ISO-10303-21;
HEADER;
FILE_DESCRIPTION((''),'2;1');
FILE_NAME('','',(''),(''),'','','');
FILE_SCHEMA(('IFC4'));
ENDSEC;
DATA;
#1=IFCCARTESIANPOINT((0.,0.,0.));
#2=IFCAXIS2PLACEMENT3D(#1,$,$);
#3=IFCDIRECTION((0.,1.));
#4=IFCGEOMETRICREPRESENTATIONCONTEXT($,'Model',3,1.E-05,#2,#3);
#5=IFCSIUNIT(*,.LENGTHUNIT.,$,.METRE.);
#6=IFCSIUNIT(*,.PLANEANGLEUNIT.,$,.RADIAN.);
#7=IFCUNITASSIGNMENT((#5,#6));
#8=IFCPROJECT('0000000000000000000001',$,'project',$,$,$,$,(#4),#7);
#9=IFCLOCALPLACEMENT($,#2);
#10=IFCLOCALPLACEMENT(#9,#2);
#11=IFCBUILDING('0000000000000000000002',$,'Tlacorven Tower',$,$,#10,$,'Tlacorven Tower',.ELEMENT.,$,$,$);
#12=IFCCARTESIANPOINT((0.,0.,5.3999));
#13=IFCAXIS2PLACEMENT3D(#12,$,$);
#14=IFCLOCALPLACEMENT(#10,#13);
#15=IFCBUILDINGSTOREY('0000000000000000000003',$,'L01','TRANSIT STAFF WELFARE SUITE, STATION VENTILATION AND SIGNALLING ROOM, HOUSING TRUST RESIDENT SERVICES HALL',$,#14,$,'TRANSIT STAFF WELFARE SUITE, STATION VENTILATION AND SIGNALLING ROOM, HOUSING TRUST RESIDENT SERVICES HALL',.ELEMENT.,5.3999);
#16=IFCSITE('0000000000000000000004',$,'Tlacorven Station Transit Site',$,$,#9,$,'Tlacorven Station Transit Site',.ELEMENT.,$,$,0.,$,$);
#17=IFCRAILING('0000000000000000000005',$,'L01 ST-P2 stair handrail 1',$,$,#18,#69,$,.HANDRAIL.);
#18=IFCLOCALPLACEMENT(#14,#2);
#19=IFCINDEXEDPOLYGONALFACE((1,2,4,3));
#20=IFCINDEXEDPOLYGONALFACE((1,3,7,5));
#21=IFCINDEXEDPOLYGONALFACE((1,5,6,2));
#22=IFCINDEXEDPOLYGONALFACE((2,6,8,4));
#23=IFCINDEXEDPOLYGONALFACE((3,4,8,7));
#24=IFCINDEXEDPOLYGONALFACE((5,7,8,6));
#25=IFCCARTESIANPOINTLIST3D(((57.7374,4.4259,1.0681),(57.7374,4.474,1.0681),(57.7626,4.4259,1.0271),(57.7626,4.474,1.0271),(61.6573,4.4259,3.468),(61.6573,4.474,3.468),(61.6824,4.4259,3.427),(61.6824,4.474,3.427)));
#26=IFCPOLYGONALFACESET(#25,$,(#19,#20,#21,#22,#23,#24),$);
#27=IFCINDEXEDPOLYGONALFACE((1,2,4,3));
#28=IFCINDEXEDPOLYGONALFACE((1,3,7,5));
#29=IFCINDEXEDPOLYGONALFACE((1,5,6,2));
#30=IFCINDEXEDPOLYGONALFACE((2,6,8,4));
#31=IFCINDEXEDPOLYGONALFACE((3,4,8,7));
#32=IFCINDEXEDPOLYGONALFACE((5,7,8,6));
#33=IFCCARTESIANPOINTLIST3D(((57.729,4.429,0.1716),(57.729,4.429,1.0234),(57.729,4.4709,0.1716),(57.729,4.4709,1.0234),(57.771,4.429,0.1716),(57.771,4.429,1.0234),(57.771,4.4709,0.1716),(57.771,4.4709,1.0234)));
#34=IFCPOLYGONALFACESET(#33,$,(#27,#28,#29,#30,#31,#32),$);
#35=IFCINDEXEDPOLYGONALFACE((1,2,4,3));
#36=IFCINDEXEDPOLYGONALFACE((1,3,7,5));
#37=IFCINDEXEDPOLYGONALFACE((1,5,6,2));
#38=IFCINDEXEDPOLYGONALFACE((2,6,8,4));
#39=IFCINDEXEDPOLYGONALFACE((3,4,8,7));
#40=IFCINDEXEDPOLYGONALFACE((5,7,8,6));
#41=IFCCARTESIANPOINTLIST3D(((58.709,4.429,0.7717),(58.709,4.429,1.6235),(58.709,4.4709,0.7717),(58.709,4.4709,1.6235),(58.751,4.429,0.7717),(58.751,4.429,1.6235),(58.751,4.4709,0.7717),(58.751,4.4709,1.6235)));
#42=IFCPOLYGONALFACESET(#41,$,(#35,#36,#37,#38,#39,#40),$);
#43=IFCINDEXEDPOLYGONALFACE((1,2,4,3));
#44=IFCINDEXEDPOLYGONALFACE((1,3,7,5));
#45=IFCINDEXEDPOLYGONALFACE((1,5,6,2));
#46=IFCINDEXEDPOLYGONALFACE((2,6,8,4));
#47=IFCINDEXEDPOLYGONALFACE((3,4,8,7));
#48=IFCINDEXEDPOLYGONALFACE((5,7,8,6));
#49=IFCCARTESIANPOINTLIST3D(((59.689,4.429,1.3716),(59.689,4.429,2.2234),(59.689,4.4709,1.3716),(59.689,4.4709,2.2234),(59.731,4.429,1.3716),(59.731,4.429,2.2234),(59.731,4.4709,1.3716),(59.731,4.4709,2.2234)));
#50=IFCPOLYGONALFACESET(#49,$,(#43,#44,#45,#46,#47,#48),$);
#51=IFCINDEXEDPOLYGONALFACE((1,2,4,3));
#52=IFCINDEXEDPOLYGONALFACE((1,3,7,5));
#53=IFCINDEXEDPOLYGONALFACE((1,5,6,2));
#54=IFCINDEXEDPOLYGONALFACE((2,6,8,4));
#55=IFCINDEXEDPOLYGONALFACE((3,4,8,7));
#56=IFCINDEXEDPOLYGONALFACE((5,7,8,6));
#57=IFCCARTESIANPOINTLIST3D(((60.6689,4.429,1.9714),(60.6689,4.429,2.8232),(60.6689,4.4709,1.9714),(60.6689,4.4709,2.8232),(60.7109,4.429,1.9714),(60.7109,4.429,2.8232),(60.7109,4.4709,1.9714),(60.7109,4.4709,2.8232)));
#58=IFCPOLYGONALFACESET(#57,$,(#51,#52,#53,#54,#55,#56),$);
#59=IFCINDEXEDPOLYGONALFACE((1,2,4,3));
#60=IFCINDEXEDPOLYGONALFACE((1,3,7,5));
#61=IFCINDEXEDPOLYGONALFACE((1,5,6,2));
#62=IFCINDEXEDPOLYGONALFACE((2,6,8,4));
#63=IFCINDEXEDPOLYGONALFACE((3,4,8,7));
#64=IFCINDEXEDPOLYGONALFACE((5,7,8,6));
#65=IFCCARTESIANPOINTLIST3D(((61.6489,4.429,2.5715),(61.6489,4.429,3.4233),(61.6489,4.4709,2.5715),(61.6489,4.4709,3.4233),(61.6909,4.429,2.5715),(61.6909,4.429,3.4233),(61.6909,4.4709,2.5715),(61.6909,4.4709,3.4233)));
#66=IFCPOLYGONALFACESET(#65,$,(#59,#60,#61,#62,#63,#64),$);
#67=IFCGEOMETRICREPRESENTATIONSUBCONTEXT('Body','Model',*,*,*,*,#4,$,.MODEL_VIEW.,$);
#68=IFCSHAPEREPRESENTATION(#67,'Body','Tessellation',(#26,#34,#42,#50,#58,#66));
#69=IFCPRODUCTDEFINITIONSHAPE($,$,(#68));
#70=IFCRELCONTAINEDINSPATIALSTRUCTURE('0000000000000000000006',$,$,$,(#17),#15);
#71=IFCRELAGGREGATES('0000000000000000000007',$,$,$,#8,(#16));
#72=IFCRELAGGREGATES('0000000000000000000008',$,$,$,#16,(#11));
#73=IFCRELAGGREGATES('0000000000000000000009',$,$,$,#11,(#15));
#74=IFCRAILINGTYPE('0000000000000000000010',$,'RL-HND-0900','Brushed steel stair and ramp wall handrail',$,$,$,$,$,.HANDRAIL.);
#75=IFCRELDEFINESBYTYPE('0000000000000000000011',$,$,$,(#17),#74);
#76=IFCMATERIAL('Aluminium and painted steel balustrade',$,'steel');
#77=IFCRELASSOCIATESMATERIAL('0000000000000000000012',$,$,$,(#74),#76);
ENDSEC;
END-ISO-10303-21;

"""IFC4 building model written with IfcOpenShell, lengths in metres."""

from ifc_helpers import new_model, si_unit, direction, frame, origin, origin_2d, place, context, subcontext, project, spatial, rectangle, extrude, source, transform, mapped, material, type_object, element, save


model = new_model("IFC4")

# Units and contexts
model_context = context("Model", 3, precision=1e-05, world=origin(), true_north=direction((0.0, 1.0)))
body_context = subcontext(model_context, "Body", "Model", "MODEL_VIEW")
ifc_project = project(units=[si_unit("LENGTHUNIT", "METRE"), si_unit("PLANEANGLEUNIT", "RADIAN")], contexts=[model_context])

# Site, building, storey
site_placement = place(None, origin())
site = spatial("IfcSite", under=ifc_project, at=site_placement, Name="Tlacorven Station Transit Site", LongName="Tlacorven Station Transit Site", CompositionType="ELEMENT", RefElevation=0.0)
building_placement = place(site_placement, origin())
building = spatial("IfcBuilding", under=site, at=building_placement, Name="Tlacorven Tower", LongName="Tlacorven Tower", CompositionType="ELEMENT")
storey_placement = place(building_placement, frame((0.0, 0.0, 5.3999)))
storey = spatial("IfcBuildingStorey", under=building, at=storey_placement, Name="L01", Description="TRANSIT STAFF WELFARE SUITE, STATION VENTILATION AND SIGNALLING ROOM, HOUSING TRUST RESIDENT SERVICES HALL", LongName="TRANSIT STAFF WELFARE SUITE, STATION VENTILATION AND SIGNALLING ROOM, HOUSING TRUST RESIDENT SERVICES HALL", CompositionType="ELEMENT", Elevation=5.3999)

# Railing
ifc_material_1 = material(Name="Aluminium and painted steel balustrade", Category="steel")
railing_type_1 = type_object("IfcRailingType", Name="RL-HND-0900", Description="Brushed steel stair and ramp wall handrail", PredefinedType="HANDRAIL", material=ifc_material_1)
shared_shape_1 = source(origin(), body_context, "Body", "SweptSolid", [
    extrude(rectangle(XDim=0.0481, YDim=0.0481, at=origin_2d()), frame((0.0, 0.0, 0.876), z_axis=(0.852856, 0.0, 0.522146), x_axis=(0.0, 1.0, 0.0)), (0.0, 0.0, 1.0), 4.5962),
    extrude(rectangle(XDim=0.042, YDim=0.042, at=origin_2d()), origin(), (0.0, 0.0, 1.0), 0.8518),
    extrude(rectangle(XDim=0.042, YDim=0.042, at=origin_2d()), frame((0.98, 0.0, 0.6001)), (0.0, 0.0, 1.0), 0.8518),
    extrude(rectangle(XDim=0.042, YDim=0.042, at=origin_2d()), frame((1.96, 0.0, 1.2)), (0.0, 0.0, 1.0), 0.8518),
    extrude(rectangle(XDim=0.042, YDim=0.042, at=origin_2d()), frame((2.9399, 0.0, 1.7998)), (0.0, 0.0, 1.0), 0.8518),
    extrude(rectangle(XDim=0.042, YDim=0.042, at=origin_2d()), frame((3.9199, 0.0, 2.3999)), (0.0, 0.0, 1.0), 0.8518),
])
railing_1_placement = place(storey_placement, frame((57.75, 4.45, 0.1716)))
element("IfcRailing", 1, at=railing_1_placement, inside=storey, type_object=railing_type_1, Name="L01 ST-P2 stair handrail 1", PredefinedType="HANDRAIL", context=body_context, shape_type="MappedRepresentation", body=[
    mapped(shared_shape_1, transform((0.0, 0.0, 0.0), scale=1.0)),
])

save(model, "model.ifc")
